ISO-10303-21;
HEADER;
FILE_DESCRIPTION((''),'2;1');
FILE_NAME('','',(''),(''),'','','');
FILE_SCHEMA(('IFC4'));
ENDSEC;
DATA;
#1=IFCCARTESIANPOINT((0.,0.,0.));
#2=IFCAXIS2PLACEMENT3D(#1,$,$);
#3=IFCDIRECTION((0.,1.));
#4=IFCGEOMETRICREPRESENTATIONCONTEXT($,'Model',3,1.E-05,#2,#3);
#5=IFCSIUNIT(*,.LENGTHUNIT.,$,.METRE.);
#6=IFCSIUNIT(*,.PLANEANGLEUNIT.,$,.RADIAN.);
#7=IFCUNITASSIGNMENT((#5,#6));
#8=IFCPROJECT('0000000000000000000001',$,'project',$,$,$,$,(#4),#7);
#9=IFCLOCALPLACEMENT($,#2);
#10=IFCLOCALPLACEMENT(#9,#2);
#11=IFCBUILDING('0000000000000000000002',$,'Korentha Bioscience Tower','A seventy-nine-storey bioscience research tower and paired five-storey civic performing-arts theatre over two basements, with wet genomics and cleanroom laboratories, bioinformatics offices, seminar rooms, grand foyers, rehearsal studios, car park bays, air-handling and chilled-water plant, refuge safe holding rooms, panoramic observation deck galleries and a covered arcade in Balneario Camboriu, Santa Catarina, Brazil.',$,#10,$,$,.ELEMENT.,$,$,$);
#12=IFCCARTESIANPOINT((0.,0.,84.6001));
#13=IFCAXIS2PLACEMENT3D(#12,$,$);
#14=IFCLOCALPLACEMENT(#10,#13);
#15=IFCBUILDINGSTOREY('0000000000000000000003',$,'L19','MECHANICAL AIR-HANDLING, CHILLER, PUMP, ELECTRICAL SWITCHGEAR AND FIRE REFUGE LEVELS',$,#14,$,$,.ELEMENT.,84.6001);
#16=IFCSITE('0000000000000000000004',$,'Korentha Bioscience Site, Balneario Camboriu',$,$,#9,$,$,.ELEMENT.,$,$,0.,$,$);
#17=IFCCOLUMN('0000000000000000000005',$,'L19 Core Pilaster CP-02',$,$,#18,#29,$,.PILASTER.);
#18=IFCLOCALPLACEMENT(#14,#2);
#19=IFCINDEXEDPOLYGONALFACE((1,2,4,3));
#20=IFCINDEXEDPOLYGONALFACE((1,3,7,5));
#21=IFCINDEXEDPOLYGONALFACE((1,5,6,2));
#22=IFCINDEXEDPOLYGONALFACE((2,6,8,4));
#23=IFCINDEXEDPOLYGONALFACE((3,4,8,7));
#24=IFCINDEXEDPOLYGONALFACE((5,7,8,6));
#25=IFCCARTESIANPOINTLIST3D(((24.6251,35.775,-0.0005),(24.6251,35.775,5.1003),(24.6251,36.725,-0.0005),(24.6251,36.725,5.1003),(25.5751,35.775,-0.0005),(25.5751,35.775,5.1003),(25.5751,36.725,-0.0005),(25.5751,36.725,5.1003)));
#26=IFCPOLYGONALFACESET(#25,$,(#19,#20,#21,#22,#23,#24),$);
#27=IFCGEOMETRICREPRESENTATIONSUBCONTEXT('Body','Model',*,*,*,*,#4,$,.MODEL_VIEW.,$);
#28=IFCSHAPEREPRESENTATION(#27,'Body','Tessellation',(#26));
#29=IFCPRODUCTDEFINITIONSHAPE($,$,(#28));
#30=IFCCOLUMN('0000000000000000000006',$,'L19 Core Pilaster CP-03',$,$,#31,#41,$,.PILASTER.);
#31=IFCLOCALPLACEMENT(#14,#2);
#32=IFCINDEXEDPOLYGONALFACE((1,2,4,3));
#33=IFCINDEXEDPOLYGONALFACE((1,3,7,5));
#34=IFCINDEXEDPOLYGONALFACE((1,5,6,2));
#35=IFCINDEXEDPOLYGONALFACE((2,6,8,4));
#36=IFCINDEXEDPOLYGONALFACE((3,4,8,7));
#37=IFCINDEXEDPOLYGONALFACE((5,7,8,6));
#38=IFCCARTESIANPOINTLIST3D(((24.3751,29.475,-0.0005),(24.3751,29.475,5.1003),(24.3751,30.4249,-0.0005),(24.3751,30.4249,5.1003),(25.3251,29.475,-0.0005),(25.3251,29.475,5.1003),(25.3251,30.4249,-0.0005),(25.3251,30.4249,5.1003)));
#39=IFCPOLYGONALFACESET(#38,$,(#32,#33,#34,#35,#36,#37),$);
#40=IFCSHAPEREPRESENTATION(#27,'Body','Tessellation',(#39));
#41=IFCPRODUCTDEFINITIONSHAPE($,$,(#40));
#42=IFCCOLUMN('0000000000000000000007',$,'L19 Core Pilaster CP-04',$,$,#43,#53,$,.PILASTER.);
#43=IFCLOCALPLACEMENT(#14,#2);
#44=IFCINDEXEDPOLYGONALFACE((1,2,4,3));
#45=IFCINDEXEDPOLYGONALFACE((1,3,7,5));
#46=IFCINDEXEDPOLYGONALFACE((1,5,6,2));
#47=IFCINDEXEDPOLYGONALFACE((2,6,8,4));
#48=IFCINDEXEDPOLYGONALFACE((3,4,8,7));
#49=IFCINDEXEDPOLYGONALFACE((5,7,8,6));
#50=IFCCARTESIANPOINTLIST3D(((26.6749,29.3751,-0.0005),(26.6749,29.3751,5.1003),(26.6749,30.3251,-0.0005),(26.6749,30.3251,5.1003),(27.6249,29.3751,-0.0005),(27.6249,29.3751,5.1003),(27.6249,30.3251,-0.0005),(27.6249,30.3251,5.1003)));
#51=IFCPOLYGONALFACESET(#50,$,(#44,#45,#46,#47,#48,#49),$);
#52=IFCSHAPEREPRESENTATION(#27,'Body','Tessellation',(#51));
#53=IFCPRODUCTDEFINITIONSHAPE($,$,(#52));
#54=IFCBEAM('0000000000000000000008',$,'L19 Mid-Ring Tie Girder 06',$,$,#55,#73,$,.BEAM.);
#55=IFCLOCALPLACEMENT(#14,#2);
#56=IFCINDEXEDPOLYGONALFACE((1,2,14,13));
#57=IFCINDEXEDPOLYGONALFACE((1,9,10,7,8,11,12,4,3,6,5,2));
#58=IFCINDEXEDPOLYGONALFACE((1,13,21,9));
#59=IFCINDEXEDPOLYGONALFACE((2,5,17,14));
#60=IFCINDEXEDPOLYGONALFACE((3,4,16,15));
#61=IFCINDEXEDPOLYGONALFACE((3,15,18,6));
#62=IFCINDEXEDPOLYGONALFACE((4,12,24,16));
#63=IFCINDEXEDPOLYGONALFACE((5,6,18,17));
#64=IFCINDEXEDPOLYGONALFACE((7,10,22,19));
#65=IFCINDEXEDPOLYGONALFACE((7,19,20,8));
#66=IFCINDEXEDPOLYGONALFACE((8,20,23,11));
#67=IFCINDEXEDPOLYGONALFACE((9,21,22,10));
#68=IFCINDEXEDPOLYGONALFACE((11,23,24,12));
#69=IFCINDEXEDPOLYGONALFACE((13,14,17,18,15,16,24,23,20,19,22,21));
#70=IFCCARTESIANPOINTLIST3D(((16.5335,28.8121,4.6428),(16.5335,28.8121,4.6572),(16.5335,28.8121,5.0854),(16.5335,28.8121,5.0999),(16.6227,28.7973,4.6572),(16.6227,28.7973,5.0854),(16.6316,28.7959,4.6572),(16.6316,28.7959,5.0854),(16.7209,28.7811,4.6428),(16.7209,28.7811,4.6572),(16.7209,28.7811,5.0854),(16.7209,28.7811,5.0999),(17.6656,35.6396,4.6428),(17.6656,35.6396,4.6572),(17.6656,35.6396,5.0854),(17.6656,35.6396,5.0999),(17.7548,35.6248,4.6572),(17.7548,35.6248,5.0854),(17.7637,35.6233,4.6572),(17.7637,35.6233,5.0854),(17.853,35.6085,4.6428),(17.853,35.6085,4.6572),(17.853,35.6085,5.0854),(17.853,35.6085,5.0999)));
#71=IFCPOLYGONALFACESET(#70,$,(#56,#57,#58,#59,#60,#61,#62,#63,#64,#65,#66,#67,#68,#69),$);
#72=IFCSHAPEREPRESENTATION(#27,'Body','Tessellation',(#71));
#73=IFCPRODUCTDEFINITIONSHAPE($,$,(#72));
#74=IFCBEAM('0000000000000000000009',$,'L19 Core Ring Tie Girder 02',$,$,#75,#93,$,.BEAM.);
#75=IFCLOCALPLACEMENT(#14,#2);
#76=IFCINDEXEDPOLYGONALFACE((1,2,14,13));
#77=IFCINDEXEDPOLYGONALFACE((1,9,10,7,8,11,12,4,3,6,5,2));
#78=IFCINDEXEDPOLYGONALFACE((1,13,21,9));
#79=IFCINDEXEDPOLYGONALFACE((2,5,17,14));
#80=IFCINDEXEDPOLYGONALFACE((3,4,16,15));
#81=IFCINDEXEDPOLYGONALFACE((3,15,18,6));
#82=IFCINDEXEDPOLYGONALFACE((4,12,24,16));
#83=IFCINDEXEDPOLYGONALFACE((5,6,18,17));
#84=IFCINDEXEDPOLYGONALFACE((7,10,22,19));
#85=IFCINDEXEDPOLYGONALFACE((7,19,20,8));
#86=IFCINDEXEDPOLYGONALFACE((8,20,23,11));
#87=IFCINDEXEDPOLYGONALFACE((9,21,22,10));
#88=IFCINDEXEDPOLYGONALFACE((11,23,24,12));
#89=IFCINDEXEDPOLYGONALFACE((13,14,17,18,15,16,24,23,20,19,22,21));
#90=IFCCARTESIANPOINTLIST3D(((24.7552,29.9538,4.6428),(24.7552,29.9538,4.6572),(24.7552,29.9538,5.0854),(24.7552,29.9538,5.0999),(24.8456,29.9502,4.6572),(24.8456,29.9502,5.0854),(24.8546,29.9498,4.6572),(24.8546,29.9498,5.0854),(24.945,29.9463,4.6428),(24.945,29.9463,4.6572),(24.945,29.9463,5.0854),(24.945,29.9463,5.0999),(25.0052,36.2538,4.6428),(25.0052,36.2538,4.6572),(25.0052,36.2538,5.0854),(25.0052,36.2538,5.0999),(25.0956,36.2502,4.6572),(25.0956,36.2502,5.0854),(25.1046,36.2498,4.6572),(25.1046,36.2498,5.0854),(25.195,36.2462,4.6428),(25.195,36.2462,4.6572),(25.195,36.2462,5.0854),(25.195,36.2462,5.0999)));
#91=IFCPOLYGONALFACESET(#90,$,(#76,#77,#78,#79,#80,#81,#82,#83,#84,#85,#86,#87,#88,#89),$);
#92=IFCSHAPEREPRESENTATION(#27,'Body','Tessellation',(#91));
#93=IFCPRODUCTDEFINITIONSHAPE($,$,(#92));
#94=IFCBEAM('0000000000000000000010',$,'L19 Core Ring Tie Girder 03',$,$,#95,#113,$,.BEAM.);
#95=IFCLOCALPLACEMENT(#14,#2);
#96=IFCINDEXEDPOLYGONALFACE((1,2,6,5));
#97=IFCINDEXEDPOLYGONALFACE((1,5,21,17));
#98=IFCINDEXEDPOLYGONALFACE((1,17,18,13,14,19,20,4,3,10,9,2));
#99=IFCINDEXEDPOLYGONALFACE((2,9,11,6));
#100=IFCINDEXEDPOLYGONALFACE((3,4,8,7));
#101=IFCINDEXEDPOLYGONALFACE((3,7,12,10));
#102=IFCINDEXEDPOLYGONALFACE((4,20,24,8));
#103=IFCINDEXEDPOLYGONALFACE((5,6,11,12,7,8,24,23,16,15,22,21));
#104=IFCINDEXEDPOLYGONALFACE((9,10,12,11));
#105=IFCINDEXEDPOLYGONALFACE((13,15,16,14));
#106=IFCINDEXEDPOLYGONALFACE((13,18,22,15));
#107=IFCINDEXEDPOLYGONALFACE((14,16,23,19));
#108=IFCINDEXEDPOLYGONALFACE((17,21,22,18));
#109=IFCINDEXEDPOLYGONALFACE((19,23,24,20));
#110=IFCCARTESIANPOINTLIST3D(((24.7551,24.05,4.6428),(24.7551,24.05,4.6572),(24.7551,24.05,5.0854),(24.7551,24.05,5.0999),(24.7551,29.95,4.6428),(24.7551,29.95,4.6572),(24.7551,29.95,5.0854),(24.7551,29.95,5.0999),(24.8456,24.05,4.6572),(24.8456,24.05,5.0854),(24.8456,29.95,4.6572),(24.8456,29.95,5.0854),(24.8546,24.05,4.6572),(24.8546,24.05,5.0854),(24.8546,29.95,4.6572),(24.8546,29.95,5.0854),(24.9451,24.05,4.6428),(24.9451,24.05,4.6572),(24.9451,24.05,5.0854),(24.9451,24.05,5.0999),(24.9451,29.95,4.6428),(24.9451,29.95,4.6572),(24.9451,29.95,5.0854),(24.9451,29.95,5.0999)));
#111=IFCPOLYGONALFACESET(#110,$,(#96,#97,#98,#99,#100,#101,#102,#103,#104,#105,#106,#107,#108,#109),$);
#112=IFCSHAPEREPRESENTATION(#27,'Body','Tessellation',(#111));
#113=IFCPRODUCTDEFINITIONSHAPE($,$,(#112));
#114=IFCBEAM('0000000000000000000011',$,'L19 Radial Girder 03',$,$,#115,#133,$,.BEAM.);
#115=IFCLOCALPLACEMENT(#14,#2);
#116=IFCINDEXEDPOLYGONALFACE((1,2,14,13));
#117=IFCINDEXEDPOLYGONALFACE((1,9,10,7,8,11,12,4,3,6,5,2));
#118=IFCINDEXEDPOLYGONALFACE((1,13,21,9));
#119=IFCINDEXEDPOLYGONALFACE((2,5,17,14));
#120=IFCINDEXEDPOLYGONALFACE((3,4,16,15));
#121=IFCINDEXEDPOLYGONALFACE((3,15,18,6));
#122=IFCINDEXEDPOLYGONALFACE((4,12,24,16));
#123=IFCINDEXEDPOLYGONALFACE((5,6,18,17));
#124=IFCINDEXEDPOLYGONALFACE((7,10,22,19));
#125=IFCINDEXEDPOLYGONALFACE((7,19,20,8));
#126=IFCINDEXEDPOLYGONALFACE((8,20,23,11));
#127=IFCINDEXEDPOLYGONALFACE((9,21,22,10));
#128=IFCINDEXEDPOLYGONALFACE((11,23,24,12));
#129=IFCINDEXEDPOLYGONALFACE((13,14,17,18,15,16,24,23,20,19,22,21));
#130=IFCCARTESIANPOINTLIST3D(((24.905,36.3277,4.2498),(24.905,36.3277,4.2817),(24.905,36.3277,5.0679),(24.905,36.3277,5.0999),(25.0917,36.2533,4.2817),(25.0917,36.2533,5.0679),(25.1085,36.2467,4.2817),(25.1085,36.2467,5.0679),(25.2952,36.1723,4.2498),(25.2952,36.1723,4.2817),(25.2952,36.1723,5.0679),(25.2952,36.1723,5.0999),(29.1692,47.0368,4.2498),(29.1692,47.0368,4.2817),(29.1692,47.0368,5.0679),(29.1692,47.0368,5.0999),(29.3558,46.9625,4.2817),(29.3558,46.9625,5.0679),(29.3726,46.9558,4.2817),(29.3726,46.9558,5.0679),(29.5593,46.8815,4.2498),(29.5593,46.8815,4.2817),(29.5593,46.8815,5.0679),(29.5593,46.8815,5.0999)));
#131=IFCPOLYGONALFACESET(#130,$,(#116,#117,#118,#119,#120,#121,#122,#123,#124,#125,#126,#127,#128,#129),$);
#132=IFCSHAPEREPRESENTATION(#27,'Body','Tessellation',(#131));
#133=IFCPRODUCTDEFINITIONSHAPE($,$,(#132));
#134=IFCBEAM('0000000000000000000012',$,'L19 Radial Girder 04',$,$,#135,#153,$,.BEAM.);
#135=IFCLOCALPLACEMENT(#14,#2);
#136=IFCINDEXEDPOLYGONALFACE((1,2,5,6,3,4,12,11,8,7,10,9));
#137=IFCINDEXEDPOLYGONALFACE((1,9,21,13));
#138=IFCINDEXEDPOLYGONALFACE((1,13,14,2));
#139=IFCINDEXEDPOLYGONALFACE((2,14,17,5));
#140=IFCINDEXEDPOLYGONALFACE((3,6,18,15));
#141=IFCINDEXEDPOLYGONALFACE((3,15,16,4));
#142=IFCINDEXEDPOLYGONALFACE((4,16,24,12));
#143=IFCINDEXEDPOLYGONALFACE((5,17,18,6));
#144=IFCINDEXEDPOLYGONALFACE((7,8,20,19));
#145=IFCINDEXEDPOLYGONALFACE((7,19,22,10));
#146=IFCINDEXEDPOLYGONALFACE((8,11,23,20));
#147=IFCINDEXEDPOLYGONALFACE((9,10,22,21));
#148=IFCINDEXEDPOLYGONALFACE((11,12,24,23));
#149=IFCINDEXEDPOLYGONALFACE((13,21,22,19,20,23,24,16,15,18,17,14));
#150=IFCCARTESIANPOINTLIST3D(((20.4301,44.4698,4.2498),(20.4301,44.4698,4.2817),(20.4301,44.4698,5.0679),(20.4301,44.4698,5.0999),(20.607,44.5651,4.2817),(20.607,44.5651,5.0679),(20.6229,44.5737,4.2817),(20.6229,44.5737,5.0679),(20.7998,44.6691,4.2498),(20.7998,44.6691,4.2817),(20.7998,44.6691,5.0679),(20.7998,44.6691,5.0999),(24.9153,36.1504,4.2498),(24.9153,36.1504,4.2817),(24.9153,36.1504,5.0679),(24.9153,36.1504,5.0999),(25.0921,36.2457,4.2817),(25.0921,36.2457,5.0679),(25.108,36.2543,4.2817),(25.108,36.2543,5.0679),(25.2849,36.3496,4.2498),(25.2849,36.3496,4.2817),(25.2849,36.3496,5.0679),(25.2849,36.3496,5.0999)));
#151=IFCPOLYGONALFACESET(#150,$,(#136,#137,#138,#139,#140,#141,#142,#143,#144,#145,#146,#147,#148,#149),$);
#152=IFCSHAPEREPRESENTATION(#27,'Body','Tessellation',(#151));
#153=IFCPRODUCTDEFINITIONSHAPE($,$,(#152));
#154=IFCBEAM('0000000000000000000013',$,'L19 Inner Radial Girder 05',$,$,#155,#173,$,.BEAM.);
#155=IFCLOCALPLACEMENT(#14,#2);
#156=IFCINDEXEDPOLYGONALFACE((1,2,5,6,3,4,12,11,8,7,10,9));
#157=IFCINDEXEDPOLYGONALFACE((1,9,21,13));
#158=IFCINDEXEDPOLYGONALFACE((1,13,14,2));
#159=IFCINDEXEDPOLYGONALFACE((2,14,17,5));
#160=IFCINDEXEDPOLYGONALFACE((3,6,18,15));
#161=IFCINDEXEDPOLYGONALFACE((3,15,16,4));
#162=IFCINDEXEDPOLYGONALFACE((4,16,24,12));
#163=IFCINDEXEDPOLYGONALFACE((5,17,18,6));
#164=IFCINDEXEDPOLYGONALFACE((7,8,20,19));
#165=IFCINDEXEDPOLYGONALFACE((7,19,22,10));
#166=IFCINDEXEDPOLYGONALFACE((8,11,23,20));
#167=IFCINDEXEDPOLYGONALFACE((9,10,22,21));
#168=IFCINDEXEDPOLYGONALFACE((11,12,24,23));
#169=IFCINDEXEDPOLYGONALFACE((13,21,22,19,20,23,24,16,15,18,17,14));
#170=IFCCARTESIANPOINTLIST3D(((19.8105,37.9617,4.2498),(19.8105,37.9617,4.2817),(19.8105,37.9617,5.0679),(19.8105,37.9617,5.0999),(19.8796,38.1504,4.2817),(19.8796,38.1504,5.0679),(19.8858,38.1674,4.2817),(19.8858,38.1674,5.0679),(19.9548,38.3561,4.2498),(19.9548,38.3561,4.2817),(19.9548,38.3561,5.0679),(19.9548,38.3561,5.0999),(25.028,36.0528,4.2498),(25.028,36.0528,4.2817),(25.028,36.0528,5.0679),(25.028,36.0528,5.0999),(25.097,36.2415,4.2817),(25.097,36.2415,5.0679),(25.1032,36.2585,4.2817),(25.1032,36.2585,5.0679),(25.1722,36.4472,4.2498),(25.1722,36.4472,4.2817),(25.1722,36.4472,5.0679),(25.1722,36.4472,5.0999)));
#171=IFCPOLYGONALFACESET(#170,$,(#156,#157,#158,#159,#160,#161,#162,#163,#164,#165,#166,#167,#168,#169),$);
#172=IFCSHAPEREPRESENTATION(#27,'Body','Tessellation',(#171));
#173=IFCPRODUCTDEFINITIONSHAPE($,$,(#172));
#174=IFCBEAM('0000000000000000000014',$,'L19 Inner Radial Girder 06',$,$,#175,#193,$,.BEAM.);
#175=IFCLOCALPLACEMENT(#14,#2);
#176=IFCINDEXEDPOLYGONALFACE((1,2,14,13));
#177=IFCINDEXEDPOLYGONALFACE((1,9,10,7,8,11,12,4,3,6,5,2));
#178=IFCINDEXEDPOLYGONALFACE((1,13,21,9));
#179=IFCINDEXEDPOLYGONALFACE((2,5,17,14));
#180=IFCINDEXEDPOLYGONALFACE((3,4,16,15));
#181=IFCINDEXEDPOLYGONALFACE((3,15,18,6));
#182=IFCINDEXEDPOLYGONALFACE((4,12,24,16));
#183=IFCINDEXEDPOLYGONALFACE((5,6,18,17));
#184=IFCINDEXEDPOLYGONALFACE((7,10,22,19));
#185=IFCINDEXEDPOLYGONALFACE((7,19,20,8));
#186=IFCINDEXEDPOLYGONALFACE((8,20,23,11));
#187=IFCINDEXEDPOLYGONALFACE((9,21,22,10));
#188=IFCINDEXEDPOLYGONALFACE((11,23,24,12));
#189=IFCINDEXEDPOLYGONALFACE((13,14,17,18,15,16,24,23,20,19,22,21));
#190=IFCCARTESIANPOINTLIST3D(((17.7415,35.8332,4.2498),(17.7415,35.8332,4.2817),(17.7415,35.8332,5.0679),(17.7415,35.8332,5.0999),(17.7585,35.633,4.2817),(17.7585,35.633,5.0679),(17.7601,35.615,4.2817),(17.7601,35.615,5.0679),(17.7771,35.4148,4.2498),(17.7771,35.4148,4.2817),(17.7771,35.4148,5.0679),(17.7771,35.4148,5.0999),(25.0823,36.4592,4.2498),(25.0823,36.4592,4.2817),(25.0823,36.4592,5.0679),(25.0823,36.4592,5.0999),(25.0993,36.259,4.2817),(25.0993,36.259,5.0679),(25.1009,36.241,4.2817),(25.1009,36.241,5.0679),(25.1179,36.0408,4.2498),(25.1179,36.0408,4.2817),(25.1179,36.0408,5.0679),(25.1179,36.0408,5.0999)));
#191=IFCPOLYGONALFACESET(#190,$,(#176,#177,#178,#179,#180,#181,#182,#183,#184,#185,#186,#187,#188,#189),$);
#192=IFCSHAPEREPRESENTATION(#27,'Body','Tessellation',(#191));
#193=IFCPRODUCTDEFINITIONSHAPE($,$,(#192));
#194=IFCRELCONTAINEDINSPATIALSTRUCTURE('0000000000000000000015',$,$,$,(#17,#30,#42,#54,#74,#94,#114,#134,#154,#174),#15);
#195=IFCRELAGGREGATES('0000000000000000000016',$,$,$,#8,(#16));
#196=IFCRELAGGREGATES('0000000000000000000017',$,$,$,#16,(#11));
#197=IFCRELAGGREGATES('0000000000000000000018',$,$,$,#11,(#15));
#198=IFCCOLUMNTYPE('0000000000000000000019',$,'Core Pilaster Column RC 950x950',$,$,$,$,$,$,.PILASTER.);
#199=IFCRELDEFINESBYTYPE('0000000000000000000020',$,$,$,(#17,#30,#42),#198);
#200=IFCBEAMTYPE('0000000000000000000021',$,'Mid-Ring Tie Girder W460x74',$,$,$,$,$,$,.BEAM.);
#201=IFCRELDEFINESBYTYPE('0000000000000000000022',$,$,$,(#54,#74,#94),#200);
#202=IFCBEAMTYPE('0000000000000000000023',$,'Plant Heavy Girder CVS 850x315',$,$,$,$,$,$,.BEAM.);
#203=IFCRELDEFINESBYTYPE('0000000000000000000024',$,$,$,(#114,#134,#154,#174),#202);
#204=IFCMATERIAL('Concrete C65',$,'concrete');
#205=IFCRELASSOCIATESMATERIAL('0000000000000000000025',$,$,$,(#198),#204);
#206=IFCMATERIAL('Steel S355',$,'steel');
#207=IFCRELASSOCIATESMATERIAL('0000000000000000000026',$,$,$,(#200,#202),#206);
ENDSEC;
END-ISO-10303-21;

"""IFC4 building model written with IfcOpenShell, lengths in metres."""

from ifc_helpers import new_model, si_unit, direction, frame, origin, origin_2d, place, context, subcontext, project, spatial, rectangle, i_section, extrude, material, material_profile, profile_set, type_object, element, save


model = new_model("IFC4")

# Units and contexts
model_context = context("Model", 3, precision=1e-05, world=origin(), true_north=direction((0.0, 1.0)))
body_context = subcontext(model_context, "Body", "Model", "MODEL_VIEW")
ifc_project = project(units=[si_unit("LENGTHUNIT", "METRE"), si_unit("PLANEANGLEUNIT", "RADIAN")], contexts=[model_context])

# Site, building, storey
site_placement = place(None, origin())
site = spatial("IfcSite", under=ifc_project, at=site_placement, Name="Korentha Bioscience Site, Balneario Camboriu", CompositionType="ELEMENT", RefElevation=0.0)
building_placement = place(site_placement, origin())
building = spatial("IfcBuilding", under=site, at=building_placement, Name="Korentha Bioscience Tower", Description="A seventy-nine-storey bioscience research tower and paired five-storey civic performing-arts theatre over two basements, with wet genomics and cleanroom laboratories, bioinformatics offices, seminar rooms, grand foyers, rehearsal studios, car park bays, air-handling and chilled-water plant, refuge safe holding rooms, panoramic observation deck galleries and a covered arcade in Balneario Camboriu, Santa Catarina, Brazil.", CompositionType="ELEMENT")
storey_placement = place(building_placement, frame((0.0, 0.0, 84.6001)))
storey = spatial("IfcBuildingStorey", under=building, at=storey_placement, Name="L19", Description="MECHANICAL AIR-HANDLING, CHILLER, PUMP, ELECTRICAL SWITCHGEAR AND FIRE REFUGE LEVELS", CompositionType="ELEMENT", Elevation=84.6001)

# Columns
ifc_material_1 = material(Name="Concrete C65", Category="concrete")
ifc_material_profile_1 = material_profile(ifc_material_1, rectangle(XDim=0.95, YDim=0.95, at=origin_2d()), Name="Concrete C65")
ifc_profile_set_1 = profile_set([ifc_material_profile_1], Name="Concrete C65 (COL-CP09)")
column_type = type_object("IfcColumnType", Name="Core Pilaster Column RC 950x950", PredefinedType="PILASTER", material=ifc_profile_set_1)
for number, where, z_axis, x_axis, name in (
    (1, (25.1001, 36.25, -0.0005), (0.0, 0.0, 1.0), (1.0, 0.0, 0.0), "L19 Core Pilaster CP-02"),
    (2, (24.8501, 29.95, -0.0005), (0.0, 0.0, 1.0), (1.0, 0.0, 0.0), "L19 Core Pilaster CP-03"),
    (3, (27.1499, 29.8501, -0.0005), (0.0, 0.0, 1.0), (1.0, 0.0, 0.0), "L19 Core Pilaster CP-04"),
):
    element("IfcColumn", number, at=place(storey_placement, frame(where, z_axis=z_axis, x_axis=x_axis)), inside=storey, type_object=column_type, Name=name, PredefinedType="PILASTER", context=body_context, shape_type="SweptSolid", body=[
        extrude(rectangle(XDim=0.95, YDim=0.95, at=origin_2d()), origin(), (0.0, 0.0, 1.0), 5.1008),
    ])

# Beams
ifc_material_2 = material(Name="Steel S355", Category="steel")
ifc_material_profile_2 = material_profile(ifc_material_2, i_section(OverallWidth=0.1899, OverallDepth=0.457, WebThickness=0.009, FlangeThickness=0.0144, at=origin_2d()), Name="Steel S355")
ifc_profile_set_2 = profile_set([ifc_material_profile_2], Name="Steel S355 (MB-460)")
beam_type_1 = type_object("IfcBeamType", Name="Mid-Ring Tie Girder W460x74", PredefinedType="BEAM", material=ifc_profile_set_2)
beam_1_placement = place(storey_placement, frame((17.7593, 35.624, 4.8713), z_axis=(-0.163581, -0.98653, 0.0), x_axis=(0.98653, -0.163581, 0.0)))
element("IfcBeam", 4, at=beam_1_placement, inside=storey, type_object=beam_type_1, Name="L19 Mid-Ring Tie Girder 06", PredefinedType="BEAM", context=body_context, shape_type="SweptSolid", body=[
    extrude(i_section(OverallWidth=0.1899, OverallDepth=0.457, WebThickness=0.009, FlangeThickness=0.0144, at=origin_2d()), origin(), (0.0, 0.0, 1.0), 6.9207),
])
beam_2_placement = place(storey_placement, frame((25.1001, 36.25, 4.8713), z_axis=(-0.039651, -0.999214, 0.0), x_axis=(0.999214, -0.039651, 0.0)))
element("IfcBeam", 5, at=beam_2_placement, inside=storey, type_object=beam_type_1, Name="L19 Core Ring Tie Girder 02", PredefinedType="BEAM", context=body_context, shape_type="SweptSolid", body=[
    extrude(i_section(OverallWidth=0.1899, OverallDepth=0.457, WebThickness=0.009, FlangeThickness=0.0144, at=origin_2d()), origin(), (0.0, 0.0, 1.0), 6.3049),
])
beam_3_placement = place(storey_placement, frame((24.8501, 29.95, 4.8713), z_axis=(0.0, -1.0, 0.0), x_axis=(1.0, 0.0, 0.0)))
element("IfcBeam", 6, at=beam_3_placement, inside=storey, type_object=beam_type_1, Name="L19 Core Ring Tie Girder 03", PredefinedType="BEAM", context=body_context, shape_type="SweptSolid", body=[
    extrude(i_section(OverallWidth=0.1899, OverallDepth=0.457, WebThickness=0.009, FlangeThickness=0.0144, at=origin_2d()), origin(), (0.0, 0.0, 1.0), 5.8999),
])
ifc_material_profile_3 = material_profile(ifc_material_2, i_section(OverallWidth=0.4199, OverallDepth=0.8501, WebThickness=0.0181, FlangeThickness=0.032, at=origin_2d()), Name="Steel S355")
ifc_profile_set_3 = profile_set([ifc_material_profile_3], Name="Steel S355 (MB-850)")
beam_type_2 = type_object("IfcBeamType", Name="Plant Heavy Girder CVS 850x315", PredefinedType="BEAM", material=ifc_profile_set_3)
beam_4_placement = place(storey_placement, frame((25.1001, 36.25, 4.6748), z_axis=(0.36993, 0.92906, 0.0), x_axis=(-0.92906, 0.36993, 0.0)))
element("IfcBeam", 7, at=beam_4_placement, inside=storey, type_object=beam_type_2, Name="L19 Radial Girder 03", PredefinedType="BEAM", context=body_context, shape_type="SweptSolid", body=[
    extrude(i_section(OverallWidth=0.4199, OverallDepth=0.8501, WebThickness=0.0181, FlangeThickness=0.032, at=origin_2d()), origin(), (0.0, 0.0, 1.0), 11.5269),
])
beam_5_placement = place(storey_placement, frame((25.1001, 36.25, 4.6748), z_axis=(-0.474548, 0.88023, 0.0), x_axis=(-0.88023, -0.474548, 0.0)))
element("IfcBeam", 8, at=beam_5_placement, inside=storey, type_object=beam_type_2, Name="L19 Radial Girder 04", PredefinedType="BEAM", context=body_context, shape_type="SweptSolid", body=[
    extrude(i_section(OverallWidth=0.4199, OverallDepth=0.8501, WebThickness=0.0181, FlangeThickness=0.032, at=origin_2d()), origin(), (0.0, 0.0, 1.0), 9.4514),
])
beam_6_placement = place(storey_placement, frame((25.1001, 36.25, 4.6748), z_axis=(-0.939118, 0.343595, 0.0), x_axis=(-0.343595, -0.939118, 0.0)))
element("IfcBeam", 9, at=beam_6_placement, inside=storey, type_object=beam_type_2, Name="L19 Inner Radial Girder 05", PredefinedType="BEAM", context=body_context, shape_type="SweptSolid", body=[
    extrude(i_section(OverallWidth=0.4199, OverallDepth=0.8501, WebThickness=0.0181, FlangeThickness=0.032, at=origin_2d()), origin(), (0.0, 0.0, 1.0), 5.5557),
])
beam_7_placement = place(storey_placement, frame((25.1001, 36.25, 4.6748), z_axis=(-0.996384, -0.084965, 0.0), x_axis=(0.084965, -0.996384, 0.0)))
element("IfcBeam", 10, at=beam_7_placement, inside=storey, type_object=beam_type_2, Name="L19 Inner Radial Girder 06", PredefinedType="BEAM", context=body_context, shape_type="SweptSolid", body=[
    extrude(i_section(OverallWidth=0.4199, OverallDepth=0.8501, WebThickness=0.0181, FlangeThickness=0.032, at=origin_2d()), origin(), (0.0, 0.0, 1.0), 7.3674),
])

save(model, "model.ifc")
